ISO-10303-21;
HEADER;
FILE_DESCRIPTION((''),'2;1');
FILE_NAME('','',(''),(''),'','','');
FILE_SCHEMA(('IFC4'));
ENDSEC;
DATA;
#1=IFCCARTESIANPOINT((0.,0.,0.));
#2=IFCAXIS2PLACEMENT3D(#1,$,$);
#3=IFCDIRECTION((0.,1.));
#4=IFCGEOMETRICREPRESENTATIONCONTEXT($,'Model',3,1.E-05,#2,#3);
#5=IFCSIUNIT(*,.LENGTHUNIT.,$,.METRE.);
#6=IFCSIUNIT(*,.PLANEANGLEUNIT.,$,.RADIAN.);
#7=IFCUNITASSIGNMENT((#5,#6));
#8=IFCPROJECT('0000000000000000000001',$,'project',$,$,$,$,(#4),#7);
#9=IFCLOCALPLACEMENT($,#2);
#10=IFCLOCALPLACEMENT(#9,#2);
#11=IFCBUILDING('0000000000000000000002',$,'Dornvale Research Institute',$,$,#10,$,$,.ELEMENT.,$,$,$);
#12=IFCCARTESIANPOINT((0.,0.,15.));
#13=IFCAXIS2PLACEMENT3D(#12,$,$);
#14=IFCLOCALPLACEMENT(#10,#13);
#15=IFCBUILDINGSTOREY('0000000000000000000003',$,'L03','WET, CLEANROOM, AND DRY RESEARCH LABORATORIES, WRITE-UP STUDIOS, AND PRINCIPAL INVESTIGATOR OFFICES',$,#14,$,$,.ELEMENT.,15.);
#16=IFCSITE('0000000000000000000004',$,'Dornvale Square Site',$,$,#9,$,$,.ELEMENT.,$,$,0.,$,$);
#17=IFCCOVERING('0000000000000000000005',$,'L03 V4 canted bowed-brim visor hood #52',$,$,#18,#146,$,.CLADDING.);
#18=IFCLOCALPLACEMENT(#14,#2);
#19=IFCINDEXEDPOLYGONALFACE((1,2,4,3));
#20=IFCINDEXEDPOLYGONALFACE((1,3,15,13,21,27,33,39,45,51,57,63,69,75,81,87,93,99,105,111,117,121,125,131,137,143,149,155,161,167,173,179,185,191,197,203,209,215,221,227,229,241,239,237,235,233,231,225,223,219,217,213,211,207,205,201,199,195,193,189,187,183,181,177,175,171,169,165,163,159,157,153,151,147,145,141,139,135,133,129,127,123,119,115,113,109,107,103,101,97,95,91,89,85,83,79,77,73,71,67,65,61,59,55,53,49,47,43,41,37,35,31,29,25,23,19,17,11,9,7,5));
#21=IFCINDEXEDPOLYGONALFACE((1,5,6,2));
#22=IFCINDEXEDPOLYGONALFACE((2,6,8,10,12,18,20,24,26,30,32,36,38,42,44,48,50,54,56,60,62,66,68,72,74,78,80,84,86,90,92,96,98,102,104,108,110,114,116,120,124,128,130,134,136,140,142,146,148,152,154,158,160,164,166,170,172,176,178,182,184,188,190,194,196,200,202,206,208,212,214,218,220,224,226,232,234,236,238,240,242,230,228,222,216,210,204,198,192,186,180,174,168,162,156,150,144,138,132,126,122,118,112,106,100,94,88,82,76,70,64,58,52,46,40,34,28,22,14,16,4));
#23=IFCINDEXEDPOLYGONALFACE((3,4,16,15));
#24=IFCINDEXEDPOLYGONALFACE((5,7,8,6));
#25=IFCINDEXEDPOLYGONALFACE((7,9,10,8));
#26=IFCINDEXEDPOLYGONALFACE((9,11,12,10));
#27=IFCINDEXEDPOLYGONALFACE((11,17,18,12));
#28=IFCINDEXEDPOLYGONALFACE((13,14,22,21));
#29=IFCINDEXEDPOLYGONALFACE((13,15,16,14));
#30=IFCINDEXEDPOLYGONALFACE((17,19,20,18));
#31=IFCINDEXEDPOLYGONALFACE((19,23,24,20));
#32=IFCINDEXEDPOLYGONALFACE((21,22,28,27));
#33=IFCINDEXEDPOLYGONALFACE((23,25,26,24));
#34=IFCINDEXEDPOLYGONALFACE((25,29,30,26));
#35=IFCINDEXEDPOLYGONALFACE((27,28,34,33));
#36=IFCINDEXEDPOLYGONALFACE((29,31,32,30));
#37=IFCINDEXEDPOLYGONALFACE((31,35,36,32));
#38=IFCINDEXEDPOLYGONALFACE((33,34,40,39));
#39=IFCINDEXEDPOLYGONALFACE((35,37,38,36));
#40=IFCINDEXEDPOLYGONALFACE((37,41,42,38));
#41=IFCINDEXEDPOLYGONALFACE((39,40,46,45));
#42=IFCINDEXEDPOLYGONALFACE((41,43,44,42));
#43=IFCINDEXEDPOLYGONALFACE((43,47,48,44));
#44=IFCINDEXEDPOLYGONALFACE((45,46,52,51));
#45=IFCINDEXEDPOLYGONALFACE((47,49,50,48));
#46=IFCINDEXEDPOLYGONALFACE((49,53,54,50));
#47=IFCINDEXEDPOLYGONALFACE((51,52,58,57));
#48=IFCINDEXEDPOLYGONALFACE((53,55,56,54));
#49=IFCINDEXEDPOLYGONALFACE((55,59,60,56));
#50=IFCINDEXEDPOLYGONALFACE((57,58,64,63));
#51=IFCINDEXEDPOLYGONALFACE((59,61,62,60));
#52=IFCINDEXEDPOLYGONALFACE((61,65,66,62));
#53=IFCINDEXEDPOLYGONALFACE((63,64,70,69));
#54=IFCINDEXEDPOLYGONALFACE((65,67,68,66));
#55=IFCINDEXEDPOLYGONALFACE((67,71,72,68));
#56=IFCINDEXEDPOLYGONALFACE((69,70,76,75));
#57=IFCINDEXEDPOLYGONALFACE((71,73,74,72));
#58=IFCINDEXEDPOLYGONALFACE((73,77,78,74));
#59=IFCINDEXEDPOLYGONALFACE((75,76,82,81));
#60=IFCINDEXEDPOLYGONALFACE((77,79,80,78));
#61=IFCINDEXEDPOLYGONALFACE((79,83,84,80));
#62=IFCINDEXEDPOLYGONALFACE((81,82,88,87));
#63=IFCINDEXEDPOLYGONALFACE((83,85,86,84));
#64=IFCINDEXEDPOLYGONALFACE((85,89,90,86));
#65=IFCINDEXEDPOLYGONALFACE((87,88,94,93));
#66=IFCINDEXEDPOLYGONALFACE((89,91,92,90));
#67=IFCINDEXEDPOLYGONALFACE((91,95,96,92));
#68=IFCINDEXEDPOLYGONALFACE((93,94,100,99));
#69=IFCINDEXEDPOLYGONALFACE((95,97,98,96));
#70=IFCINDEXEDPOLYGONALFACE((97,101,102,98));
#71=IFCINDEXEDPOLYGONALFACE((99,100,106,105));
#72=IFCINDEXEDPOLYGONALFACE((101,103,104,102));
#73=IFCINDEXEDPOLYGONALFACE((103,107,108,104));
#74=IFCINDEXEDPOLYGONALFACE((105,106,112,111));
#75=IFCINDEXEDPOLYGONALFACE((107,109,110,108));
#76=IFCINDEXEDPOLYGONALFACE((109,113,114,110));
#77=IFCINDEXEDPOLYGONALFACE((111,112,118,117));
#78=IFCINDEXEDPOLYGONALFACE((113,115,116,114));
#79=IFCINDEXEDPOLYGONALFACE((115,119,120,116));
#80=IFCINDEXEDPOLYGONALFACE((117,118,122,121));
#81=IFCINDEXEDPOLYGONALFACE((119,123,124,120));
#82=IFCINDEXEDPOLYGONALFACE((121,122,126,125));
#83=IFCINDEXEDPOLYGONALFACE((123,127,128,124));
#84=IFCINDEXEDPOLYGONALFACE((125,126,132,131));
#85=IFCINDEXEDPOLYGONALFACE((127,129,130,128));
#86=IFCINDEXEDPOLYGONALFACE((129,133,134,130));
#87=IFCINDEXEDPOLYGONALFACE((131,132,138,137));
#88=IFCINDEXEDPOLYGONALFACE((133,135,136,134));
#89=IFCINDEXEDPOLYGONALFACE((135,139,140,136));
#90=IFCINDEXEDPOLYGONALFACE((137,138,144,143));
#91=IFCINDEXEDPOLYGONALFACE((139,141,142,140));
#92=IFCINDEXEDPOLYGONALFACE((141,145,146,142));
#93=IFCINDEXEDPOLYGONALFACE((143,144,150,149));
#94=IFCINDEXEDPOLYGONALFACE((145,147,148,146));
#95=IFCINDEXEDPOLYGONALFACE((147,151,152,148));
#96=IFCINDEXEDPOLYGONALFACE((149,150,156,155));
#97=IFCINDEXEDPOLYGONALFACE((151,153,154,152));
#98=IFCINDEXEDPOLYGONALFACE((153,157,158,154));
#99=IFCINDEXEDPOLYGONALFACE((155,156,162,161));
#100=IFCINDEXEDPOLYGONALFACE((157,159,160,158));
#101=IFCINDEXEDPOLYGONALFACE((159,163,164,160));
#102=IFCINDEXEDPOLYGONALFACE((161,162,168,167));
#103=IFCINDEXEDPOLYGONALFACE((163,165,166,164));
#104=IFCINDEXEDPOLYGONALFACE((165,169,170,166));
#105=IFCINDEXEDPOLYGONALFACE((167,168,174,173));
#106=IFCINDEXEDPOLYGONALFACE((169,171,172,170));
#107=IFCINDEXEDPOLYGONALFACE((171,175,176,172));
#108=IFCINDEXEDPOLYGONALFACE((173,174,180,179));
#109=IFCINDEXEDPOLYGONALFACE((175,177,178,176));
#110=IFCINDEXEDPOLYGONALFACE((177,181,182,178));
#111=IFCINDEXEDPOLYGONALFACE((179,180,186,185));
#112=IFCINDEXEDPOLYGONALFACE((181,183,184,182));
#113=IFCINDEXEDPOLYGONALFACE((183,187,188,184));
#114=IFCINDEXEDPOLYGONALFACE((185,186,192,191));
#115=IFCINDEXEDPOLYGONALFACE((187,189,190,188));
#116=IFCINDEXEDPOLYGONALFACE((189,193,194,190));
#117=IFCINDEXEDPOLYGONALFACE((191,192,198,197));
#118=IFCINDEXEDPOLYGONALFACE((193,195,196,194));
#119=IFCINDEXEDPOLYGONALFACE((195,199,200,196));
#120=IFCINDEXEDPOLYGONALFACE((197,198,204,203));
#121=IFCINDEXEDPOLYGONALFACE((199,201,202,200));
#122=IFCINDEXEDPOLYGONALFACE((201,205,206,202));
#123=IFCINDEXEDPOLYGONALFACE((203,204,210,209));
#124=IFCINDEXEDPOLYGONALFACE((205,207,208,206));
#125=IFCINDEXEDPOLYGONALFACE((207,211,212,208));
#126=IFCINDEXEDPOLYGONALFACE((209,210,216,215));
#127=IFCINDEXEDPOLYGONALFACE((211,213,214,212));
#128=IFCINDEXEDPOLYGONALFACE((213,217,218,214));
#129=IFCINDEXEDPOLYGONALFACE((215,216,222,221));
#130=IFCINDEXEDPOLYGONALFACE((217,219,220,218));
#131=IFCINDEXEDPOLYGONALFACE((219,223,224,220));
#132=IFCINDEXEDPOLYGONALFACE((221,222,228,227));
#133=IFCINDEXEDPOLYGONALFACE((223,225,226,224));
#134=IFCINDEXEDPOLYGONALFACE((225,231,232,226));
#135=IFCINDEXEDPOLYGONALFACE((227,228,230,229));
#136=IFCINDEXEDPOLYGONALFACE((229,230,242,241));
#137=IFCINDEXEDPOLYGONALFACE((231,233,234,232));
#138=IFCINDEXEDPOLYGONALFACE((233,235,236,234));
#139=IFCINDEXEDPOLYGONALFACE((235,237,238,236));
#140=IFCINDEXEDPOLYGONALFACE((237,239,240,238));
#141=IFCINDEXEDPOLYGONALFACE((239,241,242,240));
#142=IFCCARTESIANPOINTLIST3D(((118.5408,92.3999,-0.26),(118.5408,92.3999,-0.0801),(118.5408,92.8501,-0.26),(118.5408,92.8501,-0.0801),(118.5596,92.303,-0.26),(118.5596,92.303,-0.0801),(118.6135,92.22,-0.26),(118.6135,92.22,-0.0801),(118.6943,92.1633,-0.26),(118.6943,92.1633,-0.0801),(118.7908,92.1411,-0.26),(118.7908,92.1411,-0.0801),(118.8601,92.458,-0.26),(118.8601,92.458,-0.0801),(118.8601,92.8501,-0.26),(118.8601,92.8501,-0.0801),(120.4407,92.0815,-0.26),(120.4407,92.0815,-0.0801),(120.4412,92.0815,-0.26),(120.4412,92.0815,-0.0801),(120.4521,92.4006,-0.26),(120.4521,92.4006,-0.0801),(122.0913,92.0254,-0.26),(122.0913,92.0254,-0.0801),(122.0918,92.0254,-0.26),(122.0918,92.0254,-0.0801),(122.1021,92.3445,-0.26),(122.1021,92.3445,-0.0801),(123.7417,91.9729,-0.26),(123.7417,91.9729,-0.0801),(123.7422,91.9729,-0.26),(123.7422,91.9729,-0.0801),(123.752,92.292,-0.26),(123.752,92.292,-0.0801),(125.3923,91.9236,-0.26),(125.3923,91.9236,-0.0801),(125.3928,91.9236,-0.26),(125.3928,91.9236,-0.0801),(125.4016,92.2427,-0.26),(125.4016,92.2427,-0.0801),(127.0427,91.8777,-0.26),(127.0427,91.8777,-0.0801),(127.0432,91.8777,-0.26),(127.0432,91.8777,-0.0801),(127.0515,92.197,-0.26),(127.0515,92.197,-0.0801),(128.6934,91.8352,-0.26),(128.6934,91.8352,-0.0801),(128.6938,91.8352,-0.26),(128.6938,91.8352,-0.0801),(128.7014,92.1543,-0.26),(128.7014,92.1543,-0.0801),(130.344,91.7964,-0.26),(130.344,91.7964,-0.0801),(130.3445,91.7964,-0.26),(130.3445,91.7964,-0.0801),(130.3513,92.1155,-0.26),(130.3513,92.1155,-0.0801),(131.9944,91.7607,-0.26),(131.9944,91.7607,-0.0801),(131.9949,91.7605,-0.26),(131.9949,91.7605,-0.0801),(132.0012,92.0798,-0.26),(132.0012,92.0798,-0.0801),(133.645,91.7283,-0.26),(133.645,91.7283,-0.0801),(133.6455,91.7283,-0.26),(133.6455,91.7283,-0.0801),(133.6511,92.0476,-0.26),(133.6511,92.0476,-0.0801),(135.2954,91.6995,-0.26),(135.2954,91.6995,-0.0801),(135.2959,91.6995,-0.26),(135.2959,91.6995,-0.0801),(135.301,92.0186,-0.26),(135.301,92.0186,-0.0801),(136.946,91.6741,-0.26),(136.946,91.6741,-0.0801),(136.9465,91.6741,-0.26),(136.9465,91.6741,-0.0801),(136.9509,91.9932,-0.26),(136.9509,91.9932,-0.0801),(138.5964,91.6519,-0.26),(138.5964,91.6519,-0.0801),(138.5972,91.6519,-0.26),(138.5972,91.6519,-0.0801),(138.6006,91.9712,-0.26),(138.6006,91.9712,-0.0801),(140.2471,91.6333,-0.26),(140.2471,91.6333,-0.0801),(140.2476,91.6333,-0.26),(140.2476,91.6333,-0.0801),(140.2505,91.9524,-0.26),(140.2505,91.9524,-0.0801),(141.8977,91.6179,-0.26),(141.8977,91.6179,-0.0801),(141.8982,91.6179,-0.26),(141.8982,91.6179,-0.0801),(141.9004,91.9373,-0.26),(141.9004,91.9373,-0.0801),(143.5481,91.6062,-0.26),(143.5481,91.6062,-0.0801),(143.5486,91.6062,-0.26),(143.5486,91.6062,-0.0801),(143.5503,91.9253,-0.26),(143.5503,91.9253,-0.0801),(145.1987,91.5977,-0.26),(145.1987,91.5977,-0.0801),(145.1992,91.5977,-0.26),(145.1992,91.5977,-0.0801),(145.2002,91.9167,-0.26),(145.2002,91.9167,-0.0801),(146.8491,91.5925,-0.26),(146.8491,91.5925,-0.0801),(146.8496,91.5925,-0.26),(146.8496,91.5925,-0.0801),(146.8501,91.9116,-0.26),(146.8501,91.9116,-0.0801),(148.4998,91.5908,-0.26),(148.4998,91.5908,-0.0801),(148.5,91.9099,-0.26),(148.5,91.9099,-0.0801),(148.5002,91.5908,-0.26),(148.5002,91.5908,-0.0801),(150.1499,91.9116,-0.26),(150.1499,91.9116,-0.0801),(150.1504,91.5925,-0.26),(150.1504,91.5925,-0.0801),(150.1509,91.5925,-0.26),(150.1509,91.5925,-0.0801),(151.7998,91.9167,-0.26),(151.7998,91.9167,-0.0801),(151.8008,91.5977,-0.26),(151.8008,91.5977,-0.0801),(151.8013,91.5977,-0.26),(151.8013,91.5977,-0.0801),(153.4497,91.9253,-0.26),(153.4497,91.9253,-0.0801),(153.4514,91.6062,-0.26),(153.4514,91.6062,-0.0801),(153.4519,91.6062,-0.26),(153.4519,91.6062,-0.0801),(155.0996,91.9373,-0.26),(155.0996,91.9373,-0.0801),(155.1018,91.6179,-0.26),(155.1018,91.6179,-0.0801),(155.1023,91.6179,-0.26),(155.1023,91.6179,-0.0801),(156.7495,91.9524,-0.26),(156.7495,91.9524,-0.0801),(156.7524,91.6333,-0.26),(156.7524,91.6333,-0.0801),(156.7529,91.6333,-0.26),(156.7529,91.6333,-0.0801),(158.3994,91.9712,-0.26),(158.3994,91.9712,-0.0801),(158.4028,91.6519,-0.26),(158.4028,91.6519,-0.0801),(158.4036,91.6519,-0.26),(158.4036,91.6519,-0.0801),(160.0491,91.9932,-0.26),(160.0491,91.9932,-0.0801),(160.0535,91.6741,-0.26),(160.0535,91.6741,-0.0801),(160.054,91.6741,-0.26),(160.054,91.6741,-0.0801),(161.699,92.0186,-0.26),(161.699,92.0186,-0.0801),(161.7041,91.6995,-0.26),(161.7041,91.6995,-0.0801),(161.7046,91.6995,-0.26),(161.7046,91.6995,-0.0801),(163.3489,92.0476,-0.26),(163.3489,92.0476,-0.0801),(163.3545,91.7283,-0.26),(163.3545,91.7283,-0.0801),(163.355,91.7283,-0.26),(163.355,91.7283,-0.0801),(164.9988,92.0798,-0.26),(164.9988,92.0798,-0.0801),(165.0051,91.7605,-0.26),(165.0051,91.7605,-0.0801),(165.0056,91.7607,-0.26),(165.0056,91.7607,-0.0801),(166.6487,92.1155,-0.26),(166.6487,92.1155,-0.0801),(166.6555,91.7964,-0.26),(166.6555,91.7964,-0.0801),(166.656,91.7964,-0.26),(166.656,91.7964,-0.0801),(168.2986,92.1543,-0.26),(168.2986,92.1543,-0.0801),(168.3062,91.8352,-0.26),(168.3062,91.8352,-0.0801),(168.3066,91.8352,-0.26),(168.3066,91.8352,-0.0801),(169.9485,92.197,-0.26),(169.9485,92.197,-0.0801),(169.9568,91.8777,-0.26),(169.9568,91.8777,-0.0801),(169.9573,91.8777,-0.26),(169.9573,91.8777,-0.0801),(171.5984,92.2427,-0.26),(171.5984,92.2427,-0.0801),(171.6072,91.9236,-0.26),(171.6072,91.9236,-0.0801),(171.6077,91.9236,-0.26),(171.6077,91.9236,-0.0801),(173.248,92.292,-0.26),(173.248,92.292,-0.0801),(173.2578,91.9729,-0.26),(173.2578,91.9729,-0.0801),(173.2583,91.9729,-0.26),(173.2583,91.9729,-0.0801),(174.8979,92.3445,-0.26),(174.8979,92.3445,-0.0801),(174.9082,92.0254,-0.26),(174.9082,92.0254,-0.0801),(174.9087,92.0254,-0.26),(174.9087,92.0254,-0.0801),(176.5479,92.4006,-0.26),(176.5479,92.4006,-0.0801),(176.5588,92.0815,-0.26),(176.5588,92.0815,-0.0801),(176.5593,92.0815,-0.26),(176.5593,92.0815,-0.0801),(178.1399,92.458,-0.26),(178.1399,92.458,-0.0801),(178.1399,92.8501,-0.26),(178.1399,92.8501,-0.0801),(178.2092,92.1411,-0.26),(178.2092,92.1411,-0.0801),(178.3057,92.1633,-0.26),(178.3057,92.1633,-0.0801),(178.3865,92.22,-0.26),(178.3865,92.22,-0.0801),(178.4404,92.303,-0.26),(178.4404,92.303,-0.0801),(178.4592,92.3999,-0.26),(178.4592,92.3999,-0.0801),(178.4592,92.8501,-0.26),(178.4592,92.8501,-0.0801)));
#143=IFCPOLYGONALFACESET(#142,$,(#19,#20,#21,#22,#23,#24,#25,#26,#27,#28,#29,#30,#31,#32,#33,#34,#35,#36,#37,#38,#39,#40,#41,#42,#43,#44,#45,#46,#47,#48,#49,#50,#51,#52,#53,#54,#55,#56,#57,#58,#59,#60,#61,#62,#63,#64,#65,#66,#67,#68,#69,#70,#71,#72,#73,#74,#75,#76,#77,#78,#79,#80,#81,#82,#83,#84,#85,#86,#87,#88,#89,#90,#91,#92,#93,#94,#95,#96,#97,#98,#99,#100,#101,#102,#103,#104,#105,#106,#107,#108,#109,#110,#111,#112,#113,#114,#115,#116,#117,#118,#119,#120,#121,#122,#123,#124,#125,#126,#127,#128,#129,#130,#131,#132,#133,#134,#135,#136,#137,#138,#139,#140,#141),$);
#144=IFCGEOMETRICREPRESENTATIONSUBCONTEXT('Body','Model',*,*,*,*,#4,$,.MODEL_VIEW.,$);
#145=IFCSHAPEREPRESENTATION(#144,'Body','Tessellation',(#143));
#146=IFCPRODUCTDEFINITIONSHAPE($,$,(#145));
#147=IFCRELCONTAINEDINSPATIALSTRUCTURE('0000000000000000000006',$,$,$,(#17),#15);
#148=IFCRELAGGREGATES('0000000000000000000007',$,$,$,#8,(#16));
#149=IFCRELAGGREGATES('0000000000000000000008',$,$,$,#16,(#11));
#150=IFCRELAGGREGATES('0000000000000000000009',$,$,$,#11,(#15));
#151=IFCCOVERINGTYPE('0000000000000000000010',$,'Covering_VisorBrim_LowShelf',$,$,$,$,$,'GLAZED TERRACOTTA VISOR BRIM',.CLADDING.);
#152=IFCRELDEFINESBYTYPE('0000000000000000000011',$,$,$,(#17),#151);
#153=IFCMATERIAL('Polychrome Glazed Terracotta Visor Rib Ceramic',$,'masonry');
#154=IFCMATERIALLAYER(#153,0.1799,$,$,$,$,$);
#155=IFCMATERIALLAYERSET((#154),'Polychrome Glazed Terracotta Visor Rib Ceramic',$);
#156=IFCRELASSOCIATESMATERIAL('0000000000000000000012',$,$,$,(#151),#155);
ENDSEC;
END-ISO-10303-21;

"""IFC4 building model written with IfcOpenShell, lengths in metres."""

from ifc_helpers import new_model, si_unit, direction, frame, origin, place, context, subcontext, project, spatial, polyline, outline, extrude, material, layer, layer_set, type_object, element, save


model = new_model("IFC4")

# Units and contexts
model_context = context("Model", 3, precision=1e-05, world=origin(), true_north=direction((0.0, 1.0)))
body_context = subcontext(model_context, "Body", "Model", "MODEL_VIEW")
ifc_project = project(units=[si_unit("LENGTHUNIT", "METRE"), si_unit("PLANEANGLEUNIT", "RADIAN")], contexts=[model_context])

# Site, building, storey
site_placement = place(None, origin())
site = spatial("IfcSite", under=ifc_project, at=site_placement, Name="Dornvale Square Site", CompositionType="ELEMENT", RefElevation=0.0)
building_placement = place(site_placement, origin())
building = spatial("IfcBuilding", under=site, at=building_placement, Name="Dornvale Research Institute", CompositionType="ELEMENT")
storey_placement = place(building_placement, frame((0.0, 0.0, 15.0)))
storey = spatial("IfcBuildingStorey", under=building, at=storey_placement, Name="L03", Description="WET, CLEANROOM, AND DRY RESEARCH LABORATORIES, WRITE-UP STUDIOS, AND PRINCIPAL INVESTIGATOR OFFICES", CompositionType="ELEMENT", Elevation=15.0)

# Covering
ifc_material_1 = material(Name="Polychrome Glazed Terracotta Visor Rib Ceramic", Category="masonry")
ifc_layer_1 = layer(ifc_material_1, 0.1799)
ifc_layer_set_1 = layer_set([ifc_layer_1], Name="Polychrome Glazed Terracotta Visor Rib Ceramic")
covering_type_1 = type_object("IfcCoveringType", Name="Covering_VisorBrim_LowShelf", ElementType="GLAZED TERRACOTTA VISOR BRIM", PredefinedType="CLADDING", material=ifc_layer_set_1)
covering_1_placement = place(storey_placement, frame((0.0, 0.0, -0.26)))
element("IfcCovering", 1, at=covering_1_placement, inside=storey, type_object=covering_type_1, Name="L03 V4 canted bowed-brim visor hood #52", PredefinedType="CLADDING", context=body_context, shape_type="SweptSolid", body=[
    extrude(outline(polyline([(178.4592, 92.3999), (178.4404, 92.303), (178.3865, 92.22), (178.3057, 92.1633), (178.2092, 92.1411), (176.5593, 92.0815), (176.5588, 92.0815), (174.9087, 92.0254), (174.9082, 92.0254), (173.2583, 91.9729), (173.2578, 91.9729), (171.6077, 91.9236), (171.6072, 91.9236), (169.9573, 91.8777), (169.9568, 91.8777), (168.3066, 91.8352), (168.3062, 91.8352), (166.656, 91.7964), (166.6555, 91.7964), (165.0056, 91.7607), (165.0051, 91.7605), (163.355, 91.7283), (163.3545, 91.7283), (161.7046, 91.6995), (161.7041, 91.6995), (160.054, 91.6741), (160.0535, 91.6741), (158.4036, 91.6519), (158.4028, 91.6519), (156.7529, 91.6333), (156.7524, 91.6333), (155.1023, 91.6179), (155.1018, 91.6179), (153.4519, 91.6062), (153.4514, 91.6062), (151.8013, 91.5977), (151.8008, 91.5977), (150.1509, 91.5925), (150.1504, 91.5925), (148.5002, 91.5908), (148.4998, 91.5908), (146.8496, 91.5925), (146.8491, 91.5925), (145.1992, 91.5977), (145.1987, 91.5977), (143.5486, 91.6062), (143.5481, 91.6062), (141.8982, 91.6179), (141.8977, 91.6179), (140.2476, 91.6333), (140.2471, 91.6333), (138.5972, 91.6519), (138.5964, 91.6519), (136.9465, 91.6741), (136.946, 91.6741), (135.2959, 91.6995), (135.2954, 91.6995), (133.6455, 91.7283), (133.645, 91.7283), (131.9949, 91.7605), (131.9944, 91.7607), (130.3445, 91.7964), (130.344, 91.7964), (128.6938, 91.8352), (128.6934, 91.8352), (127.0432, 91.8777), (127.0427, 91.8777), (125.3928, 91.9236), (125.3923, 91.9236), (123.7422, 91.9729), (123.7417, 91.9729), (122.0918, 92.0254), (122.0913, 92.0254), (120.4412, 92.0815), (120.4407, 92.0815), (118.7908, 92.1411), (118.6943, 92.1633), (118.6135, 92.22), (118.5596, 92.303), (118.5408, 92.3999), (118.5408, 92.8501), (118.8601, 92.8501), (118.8601, 92.458), (120.4521, 92.4006), (122.1021, 92.3445), (123.752, 92.292), (125.4016, 92.2427), (127.0515, 92.197), (128.7014, 92.1543), (130.3513, 92.1155), (132.0012, 92.0798), (133.6511, 92.0476), (135.301, 92.0186), (136.9509, 91.9932), (138.6006, 91.9712), (140.2505, 91.9524), (141.9004, 91.9373), (143.5503, 91.9253), (145.2002, 91.9167), (146.8501, 91.9116), (148.5, 91.9099), (150.1499, 91.9116), (151.7998, 91.9167), (153.4497, 91.9253), (155.0996, 91.9373), (156.7495, 91.9524), (158.3994, 91.9712), (160.0491, 91.9932), (161.699, 92.0186), (163.3489, 92.0476), (164.9988, 92.0798), (166.6487, 92.1155), (168.2986, 92.1543), (169.9485, 92.197), (171.5984, 92.2427), (173.248, 92.292), (174.8979, 92.3445), (176.5479, 92.4006), (178.1399, 92.458), (178.1399, 92.8501), (178.4592, 92.8501), (178.4592, 92.3999)])), origin(), (0.0, 0.0, 1.0), 0.1799),
])

save(model, "model.ifc")
